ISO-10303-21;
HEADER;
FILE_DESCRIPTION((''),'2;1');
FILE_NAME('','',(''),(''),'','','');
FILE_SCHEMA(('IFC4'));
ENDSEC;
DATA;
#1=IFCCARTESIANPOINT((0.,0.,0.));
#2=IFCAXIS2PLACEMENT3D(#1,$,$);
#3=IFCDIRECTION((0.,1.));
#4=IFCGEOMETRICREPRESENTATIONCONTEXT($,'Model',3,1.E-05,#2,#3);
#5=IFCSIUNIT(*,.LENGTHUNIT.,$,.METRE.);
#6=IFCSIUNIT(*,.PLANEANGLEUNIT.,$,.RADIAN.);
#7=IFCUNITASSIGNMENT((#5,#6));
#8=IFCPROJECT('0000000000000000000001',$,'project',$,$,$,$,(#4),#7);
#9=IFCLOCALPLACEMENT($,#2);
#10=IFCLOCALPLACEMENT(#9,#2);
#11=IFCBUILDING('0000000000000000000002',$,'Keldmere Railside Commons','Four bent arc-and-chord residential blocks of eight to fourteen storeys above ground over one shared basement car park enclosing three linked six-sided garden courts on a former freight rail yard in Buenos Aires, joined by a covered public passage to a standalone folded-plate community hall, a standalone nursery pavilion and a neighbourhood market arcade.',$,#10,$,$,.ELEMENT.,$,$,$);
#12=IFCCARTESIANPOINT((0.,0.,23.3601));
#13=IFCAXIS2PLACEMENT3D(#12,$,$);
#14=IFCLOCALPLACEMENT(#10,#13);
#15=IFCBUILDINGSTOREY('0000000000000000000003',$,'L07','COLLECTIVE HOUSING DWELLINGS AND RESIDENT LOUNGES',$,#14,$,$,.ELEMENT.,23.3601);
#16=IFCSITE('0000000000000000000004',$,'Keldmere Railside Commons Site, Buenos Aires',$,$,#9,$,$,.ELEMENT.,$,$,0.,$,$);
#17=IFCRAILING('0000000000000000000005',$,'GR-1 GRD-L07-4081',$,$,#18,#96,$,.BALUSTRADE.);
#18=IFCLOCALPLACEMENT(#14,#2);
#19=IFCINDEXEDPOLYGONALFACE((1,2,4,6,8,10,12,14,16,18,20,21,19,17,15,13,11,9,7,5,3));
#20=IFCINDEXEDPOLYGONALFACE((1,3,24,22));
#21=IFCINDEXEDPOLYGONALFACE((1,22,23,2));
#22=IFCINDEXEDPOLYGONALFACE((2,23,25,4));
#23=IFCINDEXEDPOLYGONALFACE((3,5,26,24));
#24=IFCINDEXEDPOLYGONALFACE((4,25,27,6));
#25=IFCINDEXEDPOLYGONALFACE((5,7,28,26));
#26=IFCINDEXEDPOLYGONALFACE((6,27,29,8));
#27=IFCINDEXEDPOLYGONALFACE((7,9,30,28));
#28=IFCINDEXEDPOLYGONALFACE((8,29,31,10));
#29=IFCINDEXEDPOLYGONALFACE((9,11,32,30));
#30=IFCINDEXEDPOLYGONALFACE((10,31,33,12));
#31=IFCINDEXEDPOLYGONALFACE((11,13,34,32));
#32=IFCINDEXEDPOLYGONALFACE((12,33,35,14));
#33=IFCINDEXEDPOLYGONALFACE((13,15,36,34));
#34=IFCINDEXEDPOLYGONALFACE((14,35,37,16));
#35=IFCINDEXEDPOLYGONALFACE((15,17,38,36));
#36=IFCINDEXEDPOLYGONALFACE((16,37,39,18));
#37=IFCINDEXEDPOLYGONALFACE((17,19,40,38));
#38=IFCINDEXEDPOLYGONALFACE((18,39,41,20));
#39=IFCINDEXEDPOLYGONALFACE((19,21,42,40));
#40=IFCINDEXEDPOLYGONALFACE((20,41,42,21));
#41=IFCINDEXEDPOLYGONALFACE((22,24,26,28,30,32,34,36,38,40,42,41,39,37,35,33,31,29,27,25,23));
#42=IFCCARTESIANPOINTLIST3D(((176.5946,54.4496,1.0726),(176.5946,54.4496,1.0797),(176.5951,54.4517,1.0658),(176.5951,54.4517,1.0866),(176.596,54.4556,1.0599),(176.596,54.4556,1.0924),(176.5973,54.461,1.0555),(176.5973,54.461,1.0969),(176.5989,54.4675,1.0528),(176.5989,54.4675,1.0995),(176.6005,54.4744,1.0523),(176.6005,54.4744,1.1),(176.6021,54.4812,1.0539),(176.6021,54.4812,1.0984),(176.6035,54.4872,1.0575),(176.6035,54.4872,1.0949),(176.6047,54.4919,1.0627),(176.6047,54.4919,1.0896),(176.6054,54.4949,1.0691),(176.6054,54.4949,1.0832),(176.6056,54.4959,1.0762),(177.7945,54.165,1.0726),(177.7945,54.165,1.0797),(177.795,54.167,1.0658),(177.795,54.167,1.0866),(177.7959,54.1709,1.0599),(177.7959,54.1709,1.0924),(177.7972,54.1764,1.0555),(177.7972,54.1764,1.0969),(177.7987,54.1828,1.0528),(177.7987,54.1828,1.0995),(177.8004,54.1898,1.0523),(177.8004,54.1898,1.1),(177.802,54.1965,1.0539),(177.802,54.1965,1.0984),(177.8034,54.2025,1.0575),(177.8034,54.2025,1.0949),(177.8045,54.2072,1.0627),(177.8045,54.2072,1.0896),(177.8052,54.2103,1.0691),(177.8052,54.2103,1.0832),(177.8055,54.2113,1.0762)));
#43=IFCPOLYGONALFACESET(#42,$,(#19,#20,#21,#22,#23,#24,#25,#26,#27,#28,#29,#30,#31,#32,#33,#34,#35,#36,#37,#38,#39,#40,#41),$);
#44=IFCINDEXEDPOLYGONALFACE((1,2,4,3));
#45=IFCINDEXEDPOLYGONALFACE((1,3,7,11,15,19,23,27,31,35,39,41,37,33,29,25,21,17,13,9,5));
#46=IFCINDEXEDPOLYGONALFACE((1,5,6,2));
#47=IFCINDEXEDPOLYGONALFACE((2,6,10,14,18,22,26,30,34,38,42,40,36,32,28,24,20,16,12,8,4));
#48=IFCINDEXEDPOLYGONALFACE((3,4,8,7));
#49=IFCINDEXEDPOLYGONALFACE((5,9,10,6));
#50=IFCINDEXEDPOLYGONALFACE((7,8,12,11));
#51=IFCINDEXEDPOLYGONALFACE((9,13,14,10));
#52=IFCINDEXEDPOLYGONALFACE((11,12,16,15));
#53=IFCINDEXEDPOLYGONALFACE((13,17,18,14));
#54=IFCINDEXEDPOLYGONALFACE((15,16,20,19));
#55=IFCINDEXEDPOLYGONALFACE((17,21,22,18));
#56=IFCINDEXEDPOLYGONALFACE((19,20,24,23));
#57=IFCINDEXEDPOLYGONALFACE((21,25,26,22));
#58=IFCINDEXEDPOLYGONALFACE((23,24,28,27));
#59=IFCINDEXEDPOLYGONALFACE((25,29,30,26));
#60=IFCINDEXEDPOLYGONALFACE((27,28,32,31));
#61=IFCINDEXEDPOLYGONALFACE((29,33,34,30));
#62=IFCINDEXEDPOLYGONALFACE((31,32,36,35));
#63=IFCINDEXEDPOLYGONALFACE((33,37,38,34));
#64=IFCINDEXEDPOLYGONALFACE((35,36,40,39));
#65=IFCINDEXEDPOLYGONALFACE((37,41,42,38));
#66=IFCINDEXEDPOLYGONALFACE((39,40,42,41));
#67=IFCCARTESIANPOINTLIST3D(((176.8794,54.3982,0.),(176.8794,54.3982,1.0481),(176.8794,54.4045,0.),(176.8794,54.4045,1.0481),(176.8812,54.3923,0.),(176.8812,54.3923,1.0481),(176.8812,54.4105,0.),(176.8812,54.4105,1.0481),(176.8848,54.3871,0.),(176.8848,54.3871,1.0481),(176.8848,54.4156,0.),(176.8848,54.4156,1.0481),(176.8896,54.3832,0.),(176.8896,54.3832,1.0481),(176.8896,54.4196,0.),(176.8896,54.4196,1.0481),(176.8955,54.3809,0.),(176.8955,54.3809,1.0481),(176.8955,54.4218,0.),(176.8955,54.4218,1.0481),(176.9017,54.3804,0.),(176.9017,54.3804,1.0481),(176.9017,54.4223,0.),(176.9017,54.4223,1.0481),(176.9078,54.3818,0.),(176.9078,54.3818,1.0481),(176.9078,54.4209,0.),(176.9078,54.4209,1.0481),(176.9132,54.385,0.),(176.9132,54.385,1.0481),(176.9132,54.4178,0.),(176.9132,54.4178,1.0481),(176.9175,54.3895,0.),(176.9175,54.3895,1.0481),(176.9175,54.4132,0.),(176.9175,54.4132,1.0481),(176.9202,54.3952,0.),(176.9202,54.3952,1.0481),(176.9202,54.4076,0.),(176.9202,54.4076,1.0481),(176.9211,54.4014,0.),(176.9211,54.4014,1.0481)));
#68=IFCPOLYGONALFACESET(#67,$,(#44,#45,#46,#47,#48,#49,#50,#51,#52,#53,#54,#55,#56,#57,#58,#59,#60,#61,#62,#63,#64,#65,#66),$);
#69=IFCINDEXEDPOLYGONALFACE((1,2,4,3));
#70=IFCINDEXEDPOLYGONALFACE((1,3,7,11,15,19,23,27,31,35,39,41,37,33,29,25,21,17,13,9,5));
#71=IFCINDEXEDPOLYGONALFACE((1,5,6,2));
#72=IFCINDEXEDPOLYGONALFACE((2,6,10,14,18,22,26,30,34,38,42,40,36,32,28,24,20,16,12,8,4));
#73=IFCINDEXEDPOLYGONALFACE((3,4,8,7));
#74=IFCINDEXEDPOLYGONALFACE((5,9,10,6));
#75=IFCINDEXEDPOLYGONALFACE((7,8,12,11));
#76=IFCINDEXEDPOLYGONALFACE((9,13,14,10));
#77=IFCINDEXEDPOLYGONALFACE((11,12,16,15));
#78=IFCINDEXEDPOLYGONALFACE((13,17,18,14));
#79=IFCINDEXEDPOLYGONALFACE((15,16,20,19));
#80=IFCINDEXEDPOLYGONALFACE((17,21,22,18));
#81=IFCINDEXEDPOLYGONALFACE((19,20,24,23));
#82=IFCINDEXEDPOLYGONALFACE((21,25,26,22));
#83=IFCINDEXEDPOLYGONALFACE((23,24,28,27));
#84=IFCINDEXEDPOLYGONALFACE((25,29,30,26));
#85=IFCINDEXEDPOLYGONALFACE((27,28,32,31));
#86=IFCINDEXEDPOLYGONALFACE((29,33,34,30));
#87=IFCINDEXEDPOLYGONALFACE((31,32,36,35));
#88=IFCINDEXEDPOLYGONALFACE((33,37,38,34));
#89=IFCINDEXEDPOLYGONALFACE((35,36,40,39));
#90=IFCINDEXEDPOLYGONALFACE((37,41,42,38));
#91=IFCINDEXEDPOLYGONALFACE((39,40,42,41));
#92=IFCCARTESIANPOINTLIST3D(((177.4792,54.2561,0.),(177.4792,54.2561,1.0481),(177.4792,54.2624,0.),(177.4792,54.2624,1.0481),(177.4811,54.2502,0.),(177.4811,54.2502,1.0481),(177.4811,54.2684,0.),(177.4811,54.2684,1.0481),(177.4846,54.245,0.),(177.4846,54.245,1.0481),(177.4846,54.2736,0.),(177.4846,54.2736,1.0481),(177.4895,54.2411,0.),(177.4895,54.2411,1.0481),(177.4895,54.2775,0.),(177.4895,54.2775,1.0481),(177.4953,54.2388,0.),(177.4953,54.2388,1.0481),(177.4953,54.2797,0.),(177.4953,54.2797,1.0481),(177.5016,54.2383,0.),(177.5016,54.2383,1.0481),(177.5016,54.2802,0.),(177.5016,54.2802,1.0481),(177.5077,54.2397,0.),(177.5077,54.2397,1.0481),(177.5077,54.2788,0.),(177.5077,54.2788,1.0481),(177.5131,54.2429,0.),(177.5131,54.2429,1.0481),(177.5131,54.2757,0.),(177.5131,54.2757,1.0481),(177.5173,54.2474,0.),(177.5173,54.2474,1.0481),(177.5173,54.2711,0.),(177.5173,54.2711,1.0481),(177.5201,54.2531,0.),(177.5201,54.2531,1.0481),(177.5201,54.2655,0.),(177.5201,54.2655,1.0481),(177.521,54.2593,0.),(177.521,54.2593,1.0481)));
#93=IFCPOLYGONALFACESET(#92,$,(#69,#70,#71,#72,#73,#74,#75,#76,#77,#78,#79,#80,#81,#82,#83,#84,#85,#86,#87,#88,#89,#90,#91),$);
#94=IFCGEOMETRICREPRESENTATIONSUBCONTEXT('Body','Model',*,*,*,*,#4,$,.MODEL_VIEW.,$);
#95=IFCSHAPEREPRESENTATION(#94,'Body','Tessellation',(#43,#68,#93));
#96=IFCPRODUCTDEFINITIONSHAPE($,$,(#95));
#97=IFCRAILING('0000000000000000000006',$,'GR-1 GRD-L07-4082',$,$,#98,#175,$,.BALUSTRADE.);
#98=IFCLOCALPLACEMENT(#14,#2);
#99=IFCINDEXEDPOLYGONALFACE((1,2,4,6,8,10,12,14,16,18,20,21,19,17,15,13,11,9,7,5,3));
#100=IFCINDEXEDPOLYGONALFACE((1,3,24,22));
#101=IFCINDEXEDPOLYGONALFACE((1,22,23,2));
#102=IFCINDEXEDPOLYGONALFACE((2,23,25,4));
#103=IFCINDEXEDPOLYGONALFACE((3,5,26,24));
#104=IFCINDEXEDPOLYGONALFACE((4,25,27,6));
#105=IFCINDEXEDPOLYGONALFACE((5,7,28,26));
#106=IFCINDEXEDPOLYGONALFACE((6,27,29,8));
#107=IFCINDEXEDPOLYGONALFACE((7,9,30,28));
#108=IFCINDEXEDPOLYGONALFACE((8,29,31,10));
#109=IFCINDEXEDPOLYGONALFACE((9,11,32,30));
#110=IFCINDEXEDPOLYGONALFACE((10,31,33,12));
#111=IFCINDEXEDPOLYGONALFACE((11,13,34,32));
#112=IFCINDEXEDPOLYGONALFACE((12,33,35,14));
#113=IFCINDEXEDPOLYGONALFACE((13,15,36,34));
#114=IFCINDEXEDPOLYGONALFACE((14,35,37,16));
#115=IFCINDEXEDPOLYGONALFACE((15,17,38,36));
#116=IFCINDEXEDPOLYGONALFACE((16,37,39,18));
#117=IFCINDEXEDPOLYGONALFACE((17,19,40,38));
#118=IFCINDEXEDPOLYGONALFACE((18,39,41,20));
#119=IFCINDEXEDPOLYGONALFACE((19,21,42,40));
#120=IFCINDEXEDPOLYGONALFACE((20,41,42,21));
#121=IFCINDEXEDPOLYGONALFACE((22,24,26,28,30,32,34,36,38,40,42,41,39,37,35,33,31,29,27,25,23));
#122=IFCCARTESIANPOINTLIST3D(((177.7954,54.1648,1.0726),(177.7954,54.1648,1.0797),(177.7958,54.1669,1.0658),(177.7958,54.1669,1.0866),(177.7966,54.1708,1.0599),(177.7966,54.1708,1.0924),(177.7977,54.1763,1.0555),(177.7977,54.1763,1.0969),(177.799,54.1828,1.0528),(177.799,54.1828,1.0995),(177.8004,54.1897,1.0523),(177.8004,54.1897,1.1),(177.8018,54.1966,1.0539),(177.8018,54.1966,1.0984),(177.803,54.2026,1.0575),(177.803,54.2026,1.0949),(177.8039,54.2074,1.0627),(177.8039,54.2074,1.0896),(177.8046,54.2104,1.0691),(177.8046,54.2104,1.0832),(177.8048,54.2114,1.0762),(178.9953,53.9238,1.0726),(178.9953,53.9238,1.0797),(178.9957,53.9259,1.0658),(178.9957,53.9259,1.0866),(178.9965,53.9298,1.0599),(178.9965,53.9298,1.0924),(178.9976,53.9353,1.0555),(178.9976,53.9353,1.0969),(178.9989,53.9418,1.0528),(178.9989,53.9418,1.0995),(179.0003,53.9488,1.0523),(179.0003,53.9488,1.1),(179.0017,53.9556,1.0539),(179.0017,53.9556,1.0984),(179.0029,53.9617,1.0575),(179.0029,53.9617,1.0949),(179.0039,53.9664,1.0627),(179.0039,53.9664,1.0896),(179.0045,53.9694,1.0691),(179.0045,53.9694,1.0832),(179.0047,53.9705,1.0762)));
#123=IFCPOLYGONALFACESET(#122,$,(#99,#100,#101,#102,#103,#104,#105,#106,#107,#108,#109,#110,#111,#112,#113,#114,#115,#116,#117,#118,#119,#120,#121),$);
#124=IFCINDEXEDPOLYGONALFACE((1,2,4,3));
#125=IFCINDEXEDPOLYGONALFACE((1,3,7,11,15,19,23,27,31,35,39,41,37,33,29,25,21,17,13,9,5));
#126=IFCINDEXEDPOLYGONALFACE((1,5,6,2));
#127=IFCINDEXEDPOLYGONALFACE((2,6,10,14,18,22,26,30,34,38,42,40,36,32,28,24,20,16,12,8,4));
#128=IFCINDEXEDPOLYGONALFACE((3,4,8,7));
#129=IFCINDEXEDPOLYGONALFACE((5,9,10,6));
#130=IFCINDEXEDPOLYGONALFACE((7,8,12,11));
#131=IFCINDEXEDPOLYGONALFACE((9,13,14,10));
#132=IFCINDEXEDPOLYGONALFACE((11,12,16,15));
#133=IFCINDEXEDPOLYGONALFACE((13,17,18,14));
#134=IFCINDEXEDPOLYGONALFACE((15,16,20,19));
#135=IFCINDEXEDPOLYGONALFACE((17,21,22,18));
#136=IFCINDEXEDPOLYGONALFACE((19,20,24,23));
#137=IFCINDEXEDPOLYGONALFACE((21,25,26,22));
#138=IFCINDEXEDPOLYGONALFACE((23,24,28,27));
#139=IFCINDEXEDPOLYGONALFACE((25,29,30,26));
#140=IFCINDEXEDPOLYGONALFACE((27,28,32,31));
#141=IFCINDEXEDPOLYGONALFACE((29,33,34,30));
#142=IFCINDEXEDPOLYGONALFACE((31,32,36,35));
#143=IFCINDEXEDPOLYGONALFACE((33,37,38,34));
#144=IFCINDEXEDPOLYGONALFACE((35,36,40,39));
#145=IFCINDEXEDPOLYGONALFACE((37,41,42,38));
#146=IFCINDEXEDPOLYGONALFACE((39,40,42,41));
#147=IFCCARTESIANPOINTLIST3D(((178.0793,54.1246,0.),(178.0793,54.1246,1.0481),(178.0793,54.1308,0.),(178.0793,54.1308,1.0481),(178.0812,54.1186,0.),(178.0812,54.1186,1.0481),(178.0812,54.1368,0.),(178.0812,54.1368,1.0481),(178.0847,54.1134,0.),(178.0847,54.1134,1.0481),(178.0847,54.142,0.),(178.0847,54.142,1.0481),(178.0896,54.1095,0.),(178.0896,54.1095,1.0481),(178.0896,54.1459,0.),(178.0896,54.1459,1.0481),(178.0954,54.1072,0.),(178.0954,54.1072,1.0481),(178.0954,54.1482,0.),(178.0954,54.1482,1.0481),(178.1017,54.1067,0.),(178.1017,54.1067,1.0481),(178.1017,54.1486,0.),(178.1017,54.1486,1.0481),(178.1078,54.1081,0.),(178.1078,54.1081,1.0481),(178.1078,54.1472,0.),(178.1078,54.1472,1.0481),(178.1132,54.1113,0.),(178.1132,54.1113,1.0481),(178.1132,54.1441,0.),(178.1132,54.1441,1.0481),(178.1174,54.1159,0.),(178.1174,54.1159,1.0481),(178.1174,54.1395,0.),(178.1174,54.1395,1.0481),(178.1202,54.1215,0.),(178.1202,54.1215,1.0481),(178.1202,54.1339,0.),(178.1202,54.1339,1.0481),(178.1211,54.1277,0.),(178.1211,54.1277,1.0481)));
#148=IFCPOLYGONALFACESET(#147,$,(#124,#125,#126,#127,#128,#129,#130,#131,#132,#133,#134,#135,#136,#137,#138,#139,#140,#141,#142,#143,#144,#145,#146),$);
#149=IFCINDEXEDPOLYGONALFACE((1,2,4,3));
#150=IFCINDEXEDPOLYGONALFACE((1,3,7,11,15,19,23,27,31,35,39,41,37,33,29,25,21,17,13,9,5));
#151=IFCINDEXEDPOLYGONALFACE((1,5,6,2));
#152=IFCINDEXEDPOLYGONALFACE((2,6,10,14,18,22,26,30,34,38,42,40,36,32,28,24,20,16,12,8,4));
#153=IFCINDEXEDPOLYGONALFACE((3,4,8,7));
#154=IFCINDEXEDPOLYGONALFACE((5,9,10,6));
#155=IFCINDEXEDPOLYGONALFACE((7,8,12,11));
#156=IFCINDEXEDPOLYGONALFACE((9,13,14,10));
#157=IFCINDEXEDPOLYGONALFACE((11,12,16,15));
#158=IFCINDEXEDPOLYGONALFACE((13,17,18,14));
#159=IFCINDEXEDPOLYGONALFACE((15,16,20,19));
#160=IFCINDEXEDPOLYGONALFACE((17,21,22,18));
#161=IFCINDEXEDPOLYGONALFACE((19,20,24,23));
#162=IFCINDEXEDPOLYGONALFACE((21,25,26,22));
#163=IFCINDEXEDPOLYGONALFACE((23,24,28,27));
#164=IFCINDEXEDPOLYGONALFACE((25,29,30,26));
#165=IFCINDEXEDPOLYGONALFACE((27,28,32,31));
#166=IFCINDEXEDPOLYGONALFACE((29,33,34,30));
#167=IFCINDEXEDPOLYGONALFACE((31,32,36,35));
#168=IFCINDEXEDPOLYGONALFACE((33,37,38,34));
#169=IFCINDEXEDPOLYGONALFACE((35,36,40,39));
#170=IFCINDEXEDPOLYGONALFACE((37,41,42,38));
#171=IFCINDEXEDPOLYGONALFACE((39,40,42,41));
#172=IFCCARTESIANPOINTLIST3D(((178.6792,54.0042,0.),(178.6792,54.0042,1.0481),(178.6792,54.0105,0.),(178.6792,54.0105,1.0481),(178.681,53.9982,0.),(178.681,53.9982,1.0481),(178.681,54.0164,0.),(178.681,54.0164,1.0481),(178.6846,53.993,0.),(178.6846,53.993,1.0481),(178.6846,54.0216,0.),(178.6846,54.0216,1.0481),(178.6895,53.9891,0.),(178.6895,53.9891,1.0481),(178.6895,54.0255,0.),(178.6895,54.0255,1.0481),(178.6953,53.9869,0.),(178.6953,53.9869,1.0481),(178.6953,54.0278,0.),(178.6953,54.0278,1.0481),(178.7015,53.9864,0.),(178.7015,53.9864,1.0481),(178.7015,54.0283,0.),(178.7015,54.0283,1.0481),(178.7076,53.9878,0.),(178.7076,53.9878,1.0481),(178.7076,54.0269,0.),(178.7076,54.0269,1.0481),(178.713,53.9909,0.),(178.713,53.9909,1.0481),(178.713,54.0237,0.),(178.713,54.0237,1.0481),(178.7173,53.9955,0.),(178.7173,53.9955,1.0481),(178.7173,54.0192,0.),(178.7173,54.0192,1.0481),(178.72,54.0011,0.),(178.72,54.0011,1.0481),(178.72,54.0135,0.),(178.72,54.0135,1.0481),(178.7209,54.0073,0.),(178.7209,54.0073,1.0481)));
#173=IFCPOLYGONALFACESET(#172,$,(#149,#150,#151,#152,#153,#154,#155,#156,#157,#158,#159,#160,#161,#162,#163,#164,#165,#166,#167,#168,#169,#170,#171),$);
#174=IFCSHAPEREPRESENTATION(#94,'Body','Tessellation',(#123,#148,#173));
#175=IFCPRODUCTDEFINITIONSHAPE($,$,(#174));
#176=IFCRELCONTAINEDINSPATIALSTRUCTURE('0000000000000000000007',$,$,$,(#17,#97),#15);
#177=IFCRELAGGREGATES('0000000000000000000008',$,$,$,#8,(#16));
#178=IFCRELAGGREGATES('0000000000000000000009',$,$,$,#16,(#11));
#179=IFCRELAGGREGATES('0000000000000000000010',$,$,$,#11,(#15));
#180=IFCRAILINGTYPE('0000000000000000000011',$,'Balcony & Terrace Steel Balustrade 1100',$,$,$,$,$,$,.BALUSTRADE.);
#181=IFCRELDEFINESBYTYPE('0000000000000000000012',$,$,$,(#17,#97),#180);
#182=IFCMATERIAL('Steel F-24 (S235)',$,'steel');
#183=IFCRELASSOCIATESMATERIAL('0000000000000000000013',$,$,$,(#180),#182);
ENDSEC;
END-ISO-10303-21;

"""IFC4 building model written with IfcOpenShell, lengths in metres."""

from ifc_helpers import new_model, si_unit, direction, frame, origin, origin_2d, place, context, subcontext, project, spatial, circle, extrude, material, type_object, element, save


model = new_model("IFC4")

# Units and contexts
model_context = context("Model", 3, precision=1e-05, world=origin(), true_north=direction((0.0, 1.0)))
body_context = subcontext(model_context, "Body", "Model", "MODEL_VIEW")
ifc_project = project(units=[si_unit("LENGTHUNIT", "METRE"), si_unit("PLANEANGLEUNIT", "RADIAN")], contexts=[model_context])

# Site, building, storey
site_placement = place(None, origin())
site = spatial("IfcSite", under=ifc_project, at=site_placement, Name="Keldmere Railside Commons Site, Buenos Aires", CompositionType="ELEMENT", RefElevation=0.0)
building_placement = place(site_placement, origin())
building = spatial("IfcBuilding", under=site, at=building_placement, Name="Keldmere Railside Commons", Description="Four bent arc-and-chord residential blocks of eight to fourteen storeys above ground over one shared basement car park enclosing three linked six-sided garden courts on a former freight rail yard in Buenos Aires, joined by a covered public passage to a standalone folded-plate community hall, a standalone nursery pavilion and a neighbourhood market arcade.", CompositionType="ELEMENT")
storey_placement = place(building_placement, frame((0.0, 0.0, 23.3601)))
storey = spatial("IfcBuildingStorey", under=building, at=storey_placement, Name="L07", Description="COLLECTIVE HOUSING DWELLINGS AND RESIDENT LOUNGES", CompositionType="ELEMENT", Elevation=23.3601)

# Shared definitions
ifc_material_1 = material(Name="Steel F-24 (S235)", Category="steel")

# Railings
railing_type = type_object("IfcRailingType", Name="Balcony & Terrace Steel Balustrade 1100", PredefinedType="BALUSTRADE", material=ifc_material_1)
railing_1_placement = place(storey_placement, frame((176.6001, 54.4727, 0.0)))
element("IfcRailing", 1, at=railing_1_placement, inside=storey, type_object=railing_type, Name="GR-1 GRD-L07-4081", PredefinedType="BALUSTRADE", context=body_context, shape_type="SweptSolid", body=[
    extrude(circle(Radius=0.0239, at=origin_2d()), frame((0.0, 0.0, 1.0762), z_axis=(0.972995, -0.230826, 0.0), x_axis=(0.230826, 0.972995, 0.0)), (0.0, 0.0, 1.0), 1.2332),
    extrude(circle(Radius=0.021, at=origin_2d()), frame((0.3, -0.0713, 0.0)), (0.0, 0.0, 1.0), 1.0481),
    extrude(circle(Radius=0.021, at=origin_2d()), frame((0.8999, -0.2134, 0.0)), (0.0, 0.0, 1.0), 1.0481),
])
railing_2_placement = place(storey_placement, frame((177.8, 54.188, 0.0)))
element("IfcRailing", 2, at=railing_2_placement, inside=storey, type_object=railing_type, Name="GR-1 GRD-L07-4082", PredefinedType="BALUSTRADE", context=body_context, shape_type="SweptSolid", body=[
    extrude(circle(Radius=0.0239, at=origin_2d()), frame((0.0, 0.0, 1.0762), z_axis=(0.980427, -0.196883, 0.0), x_axis=(0.196883, 0.980427, 0.0)), (0.0, 0.0, 1.0), 1.2239),
    extrude(circle(Radius=0.021, at=origin_2d()), frame((0.3, -0.0603, 0.0)), (0.0, 0.0, 1.0), 1.0481),
    extrude(circle(Radius=0.021, at=origin_2d()), frame((0.8999, -0.1807, 0.0)), (0.0, 0.0, 1.0), 1.0481),
])

save(model, "model.ifc")
